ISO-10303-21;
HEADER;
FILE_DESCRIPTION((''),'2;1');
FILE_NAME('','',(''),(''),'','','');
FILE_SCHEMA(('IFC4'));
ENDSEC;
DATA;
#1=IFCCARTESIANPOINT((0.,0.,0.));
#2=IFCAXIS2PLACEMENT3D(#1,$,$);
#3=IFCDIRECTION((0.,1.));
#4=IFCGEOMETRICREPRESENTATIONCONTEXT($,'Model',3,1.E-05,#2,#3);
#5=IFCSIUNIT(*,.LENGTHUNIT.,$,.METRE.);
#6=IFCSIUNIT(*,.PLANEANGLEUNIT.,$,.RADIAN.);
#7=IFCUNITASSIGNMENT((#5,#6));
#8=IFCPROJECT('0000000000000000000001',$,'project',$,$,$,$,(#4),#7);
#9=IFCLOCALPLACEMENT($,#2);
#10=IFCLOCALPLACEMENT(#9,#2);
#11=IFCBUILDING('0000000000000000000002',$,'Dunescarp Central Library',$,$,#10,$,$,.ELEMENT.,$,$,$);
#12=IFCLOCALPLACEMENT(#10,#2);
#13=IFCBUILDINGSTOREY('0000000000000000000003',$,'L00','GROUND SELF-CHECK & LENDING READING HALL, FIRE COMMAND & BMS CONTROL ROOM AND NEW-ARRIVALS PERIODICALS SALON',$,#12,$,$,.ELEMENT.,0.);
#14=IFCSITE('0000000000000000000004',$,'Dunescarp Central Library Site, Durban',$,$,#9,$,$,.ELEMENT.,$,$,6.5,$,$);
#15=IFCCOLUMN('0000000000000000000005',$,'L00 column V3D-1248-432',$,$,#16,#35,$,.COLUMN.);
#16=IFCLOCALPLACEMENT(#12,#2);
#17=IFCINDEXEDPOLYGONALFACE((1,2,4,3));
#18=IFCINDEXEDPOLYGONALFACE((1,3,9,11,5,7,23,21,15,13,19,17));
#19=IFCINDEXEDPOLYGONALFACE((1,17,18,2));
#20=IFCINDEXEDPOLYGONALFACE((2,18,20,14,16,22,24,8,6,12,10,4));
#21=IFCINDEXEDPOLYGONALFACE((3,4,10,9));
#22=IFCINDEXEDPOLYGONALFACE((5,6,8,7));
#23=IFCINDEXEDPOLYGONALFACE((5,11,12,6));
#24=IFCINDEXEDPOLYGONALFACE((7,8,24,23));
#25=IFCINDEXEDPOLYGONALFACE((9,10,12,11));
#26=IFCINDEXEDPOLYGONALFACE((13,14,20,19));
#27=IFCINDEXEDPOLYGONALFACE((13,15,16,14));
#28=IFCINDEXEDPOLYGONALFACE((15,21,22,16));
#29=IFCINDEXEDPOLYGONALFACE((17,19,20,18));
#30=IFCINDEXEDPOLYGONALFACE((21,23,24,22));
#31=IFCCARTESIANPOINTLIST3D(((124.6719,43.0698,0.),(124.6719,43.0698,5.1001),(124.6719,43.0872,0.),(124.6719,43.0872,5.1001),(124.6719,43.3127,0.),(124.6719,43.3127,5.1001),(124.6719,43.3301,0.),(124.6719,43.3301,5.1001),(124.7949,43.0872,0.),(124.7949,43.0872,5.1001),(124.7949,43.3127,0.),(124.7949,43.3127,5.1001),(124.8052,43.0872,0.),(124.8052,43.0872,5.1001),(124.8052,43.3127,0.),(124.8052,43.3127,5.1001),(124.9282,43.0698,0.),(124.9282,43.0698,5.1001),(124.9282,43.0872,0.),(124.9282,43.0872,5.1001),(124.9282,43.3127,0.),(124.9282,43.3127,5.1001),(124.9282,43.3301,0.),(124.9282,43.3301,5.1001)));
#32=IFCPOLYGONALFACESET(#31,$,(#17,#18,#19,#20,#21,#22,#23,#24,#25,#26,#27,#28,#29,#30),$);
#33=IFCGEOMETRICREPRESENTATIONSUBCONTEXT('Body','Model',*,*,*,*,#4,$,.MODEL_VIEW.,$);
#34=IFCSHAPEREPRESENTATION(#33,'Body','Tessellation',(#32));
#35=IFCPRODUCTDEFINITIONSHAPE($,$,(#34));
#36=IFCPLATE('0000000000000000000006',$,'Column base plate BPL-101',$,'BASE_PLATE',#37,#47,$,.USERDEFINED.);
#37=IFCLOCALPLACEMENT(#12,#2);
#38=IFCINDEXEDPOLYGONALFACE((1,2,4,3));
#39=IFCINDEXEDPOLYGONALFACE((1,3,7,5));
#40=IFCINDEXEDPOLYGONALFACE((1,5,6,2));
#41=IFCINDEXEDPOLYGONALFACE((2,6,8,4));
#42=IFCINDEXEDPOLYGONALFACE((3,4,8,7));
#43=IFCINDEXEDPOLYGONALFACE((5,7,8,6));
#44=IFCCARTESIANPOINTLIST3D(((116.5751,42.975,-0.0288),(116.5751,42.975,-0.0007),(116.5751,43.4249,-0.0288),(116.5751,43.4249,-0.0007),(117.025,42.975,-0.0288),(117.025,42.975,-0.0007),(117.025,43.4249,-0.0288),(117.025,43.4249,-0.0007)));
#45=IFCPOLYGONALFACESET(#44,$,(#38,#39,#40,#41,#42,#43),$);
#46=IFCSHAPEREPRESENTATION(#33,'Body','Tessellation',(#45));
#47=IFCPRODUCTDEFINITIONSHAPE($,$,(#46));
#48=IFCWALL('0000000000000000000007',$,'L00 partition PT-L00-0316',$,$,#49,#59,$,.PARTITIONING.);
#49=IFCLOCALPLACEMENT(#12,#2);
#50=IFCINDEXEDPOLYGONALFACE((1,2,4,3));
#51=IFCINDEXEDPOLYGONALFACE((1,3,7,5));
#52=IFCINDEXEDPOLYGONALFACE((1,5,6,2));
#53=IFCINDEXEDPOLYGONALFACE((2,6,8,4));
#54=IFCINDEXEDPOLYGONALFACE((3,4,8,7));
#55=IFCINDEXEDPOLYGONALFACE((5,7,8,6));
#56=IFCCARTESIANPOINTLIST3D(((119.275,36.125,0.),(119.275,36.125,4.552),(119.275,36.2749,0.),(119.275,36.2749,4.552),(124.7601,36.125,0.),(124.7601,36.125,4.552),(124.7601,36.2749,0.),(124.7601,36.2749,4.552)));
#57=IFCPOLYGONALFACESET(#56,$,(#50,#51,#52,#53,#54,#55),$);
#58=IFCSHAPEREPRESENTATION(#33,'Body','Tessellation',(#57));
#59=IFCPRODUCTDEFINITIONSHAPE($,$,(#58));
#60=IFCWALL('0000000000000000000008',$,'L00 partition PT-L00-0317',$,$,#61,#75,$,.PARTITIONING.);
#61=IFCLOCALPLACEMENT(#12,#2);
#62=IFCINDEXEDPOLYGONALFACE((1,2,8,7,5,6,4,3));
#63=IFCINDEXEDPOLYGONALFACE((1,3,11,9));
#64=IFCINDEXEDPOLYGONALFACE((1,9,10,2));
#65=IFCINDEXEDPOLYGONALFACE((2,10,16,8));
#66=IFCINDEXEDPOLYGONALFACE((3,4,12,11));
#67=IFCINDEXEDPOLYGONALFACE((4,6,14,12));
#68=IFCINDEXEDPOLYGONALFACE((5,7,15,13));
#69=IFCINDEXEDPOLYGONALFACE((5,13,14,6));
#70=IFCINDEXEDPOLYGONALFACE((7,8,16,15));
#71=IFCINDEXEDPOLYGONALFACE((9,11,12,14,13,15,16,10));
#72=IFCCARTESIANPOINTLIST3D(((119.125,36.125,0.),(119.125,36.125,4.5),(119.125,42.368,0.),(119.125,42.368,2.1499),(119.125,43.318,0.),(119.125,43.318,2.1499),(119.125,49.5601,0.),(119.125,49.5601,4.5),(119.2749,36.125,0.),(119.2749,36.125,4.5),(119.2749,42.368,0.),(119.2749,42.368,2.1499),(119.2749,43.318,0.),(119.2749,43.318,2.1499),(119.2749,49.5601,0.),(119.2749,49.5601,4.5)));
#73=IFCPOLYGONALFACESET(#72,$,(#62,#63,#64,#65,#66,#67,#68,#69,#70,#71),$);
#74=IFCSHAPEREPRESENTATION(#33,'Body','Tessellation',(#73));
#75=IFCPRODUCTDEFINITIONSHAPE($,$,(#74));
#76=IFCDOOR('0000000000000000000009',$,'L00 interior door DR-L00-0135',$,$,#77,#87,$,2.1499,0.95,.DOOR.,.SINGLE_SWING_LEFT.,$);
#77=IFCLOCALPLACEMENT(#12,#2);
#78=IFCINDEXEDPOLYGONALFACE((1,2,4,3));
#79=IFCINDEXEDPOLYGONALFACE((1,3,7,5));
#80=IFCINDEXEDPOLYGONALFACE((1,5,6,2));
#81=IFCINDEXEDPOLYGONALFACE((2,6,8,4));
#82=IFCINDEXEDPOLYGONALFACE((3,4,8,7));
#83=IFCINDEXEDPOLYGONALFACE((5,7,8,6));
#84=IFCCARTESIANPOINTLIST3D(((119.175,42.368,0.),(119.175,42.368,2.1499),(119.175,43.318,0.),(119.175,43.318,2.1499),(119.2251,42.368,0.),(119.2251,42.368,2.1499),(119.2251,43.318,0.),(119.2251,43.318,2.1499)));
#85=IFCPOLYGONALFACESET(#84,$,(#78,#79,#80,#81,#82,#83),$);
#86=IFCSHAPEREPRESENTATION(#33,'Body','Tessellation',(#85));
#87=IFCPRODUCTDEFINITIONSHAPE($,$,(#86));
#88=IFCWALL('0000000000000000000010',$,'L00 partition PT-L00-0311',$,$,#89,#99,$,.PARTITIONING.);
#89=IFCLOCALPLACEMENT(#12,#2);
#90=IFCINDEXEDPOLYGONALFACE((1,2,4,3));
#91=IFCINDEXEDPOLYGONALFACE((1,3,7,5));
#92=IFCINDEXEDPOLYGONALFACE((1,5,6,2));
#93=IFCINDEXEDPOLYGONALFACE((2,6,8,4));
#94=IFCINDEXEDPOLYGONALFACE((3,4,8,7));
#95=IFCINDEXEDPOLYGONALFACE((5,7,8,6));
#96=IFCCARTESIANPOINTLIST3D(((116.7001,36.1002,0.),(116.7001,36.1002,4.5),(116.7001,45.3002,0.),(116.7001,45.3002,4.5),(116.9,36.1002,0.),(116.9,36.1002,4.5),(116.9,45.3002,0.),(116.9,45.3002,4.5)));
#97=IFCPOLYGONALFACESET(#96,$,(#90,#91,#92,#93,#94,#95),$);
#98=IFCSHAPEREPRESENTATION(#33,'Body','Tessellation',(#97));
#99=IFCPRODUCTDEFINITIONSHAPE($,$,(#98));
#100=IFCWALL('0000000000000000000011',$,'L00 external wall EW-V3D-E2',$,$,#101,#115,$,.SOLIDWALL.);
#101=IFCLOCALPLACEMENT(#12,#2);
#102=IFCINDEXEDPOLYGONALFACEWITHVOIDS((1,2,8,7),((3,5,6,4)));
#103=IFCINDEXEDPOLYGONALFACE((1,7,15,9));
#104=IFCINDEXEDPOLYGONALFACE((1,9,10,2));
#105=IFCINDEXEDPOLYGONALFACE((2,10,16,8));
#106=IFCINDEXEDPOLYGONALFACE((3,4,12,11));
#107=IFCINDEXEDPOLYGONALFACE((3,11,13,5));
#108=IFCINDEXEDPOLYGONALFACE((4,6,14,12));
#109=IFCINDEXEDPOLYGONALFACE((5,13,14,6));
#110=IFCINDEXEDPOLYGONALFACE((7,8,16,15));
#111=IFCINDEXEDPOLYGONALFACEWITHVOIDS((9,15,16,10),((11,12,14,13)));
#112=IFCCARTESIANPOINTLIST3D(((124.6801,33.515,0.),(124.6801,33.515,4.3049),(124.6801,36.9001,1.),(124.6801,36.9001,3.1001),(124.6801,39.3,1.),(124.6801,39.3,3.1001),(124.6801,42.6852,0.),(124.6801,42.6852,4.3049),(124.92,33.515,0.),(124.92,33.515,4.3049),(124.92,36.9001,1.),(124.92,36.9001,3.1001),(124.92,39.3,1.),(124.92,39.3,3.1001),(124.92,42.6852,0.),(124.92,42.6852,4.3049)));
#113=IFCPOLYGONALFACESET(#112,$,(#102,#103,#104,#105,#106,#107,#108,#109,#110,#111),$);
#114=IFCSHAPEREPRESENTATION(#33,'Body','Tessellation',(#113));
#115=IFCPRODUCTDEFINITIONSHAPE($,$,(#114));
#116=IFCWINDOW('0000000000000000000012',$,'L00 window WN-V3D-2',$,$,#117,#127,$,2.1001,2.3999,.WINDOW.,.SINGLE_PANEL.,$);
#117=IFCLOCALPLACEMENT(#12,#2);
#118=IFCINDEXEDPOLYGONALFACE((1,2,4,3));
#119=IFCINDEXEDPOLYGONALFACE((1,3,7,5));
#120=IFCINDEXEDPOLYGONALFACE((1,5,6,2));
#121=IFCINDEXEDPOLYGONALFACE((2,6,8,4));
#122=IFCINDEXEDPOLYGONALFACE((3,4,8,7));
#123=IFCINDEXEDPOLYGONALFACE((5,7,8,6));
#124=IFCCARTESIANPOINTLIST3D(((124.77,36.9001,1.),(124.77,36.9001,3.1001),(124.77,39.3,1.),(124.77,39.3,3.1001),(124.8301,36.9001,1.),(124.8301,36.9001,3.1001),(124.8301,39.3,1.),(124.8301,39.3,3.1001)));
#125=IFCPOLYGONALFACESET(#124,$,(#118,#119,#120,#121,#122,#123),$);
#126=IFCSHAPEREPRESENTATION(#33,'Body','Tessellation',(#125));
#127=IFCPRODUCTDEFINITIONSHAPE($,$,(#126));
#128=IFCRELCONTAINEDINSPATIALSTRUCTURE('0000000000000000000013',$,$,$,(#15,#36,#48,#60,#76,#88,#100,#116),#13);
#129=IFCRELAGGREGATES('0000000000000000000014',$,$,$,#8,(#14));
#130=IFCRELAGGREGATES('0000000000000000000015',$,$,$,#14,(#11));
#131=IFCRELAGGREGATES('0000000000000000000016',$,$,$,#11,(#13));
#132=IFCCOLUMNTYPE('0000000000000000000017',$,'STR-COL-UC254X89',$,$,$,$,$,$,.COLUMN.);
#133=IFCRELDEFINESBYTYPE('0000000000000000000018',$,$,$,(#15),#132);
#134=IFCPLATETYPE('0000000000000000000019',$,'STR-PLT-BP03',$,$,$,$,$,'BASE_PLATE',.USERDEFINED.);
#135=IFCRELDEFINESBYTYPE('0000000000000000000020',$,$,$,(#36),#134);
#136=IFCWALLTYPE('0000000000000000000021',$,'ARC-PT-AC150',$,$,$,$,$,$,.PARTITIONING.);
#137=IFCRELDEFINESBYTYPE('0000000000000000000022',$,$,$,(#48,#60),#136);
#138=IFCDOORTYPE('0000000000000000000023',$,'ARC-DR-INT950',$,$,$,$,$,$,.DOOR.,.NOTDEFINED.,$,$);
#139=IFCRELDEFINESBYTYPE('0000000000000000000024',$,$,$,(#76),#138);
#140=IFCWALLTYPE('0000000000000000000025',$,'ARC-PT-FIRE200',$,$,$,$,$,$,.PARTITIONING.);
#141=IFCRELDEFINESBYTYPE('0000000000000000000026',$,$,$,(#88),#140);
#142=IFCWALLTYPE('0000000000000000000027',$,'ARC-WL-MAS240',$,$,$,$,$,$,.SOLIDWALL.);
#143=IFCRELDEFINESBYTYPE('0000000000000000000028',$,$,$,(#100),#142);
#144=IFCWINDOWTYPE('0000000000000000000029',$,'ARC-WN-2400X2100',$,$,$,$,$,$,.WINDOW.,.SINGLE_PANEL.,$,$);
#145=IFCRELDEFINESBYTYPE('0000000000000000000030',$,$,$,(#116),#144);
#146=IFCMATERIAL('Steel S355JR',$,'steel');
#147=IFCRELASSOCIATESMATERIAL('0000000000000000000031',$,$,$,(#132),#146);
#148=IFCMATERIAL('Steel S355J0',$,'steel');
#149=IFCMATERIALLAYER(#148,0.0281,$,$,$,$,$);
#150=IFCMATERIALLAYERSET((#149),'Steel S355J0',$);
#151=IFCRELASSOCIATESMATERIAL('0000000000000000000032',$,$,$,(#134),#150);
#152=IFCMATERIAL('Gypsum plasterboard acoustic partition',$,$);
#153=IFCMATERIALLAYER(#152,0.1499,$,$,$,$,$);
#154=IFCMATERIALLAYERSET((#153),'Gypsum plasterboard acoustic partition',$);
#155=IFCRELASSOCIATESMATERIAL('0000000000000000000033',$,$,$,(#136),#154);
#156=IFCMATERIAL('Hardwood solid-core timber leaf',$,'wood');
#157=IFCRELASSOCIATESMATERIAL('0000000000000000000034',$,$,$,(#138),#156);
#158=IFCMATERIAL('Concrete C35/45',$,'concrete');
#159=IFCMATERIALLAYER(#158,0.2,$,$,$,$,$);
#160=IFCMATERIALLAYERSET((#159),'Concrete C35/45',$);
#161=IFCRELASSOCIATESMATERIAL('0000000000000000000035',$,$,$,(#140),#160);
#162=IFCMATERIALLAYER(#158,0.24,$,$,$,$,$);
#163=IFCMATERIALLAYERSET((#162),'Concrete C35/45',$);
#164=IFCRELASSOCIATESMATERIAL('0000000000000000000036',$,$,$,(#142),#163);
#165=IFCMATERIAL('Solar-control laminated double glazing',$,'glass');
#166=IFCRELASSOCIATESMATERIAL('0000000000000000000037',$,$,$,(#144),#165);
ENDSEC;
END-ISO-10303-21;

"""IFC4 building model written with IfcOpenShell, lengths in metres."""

from ifc_helpers import new_model, si_unit, direction, frame, frame_2d, origin, origin_2d, place, context, subcontext, project, spatial, rectangle, i_section, extrude, material, layer, layer_set, material_profile, profile_set, type_object, element, fill, save


model = new_model("IFC4")

# Units and contexts
model_context = context("Model", 3, precision=1e-05, world=origin(), true_north=direction((0.0, 1.0)))
body_context = subcontext(model_context, "Body", "Model", "MODEL_VIEW")
ifc_project = project(units=[si_unit("LENGTHUNIT", "METRE"), si_unit("PLANEANGLEUNIT", "RADIAN")], contexts=[model_context])

# Site, building, storey
site_placement = place(None, origin())
site = spatial("IfcSite", under=ifc_project, at=site_placement, Name="Dunescarp Central Library Site, Durban", CompositionType="ELEMENT", RefElevation=6.5)
building_placement = place(site_placement, origin())
building = spatial("IfcBuilding", under=site, at=building_placement, Name="Dunescarp Central Library", CompositionType="ELEMENT")
storey_placement = place(building_placement, origin())
storey = spatial("IfcBuildingStorey", under=building, at=storey_placement, Name="L00", Description="GROUND SELF-CHECK & LENDING READING HALL, FIRE COMMAND & BMS CONTROL ROOM AND NEW-ARRIVALS PERIODICALS SALON", CompositionType="ELEMENT", Elevation=0.0)

# Shared definitions
ifc_material_1 = material(Name="Concrete C35/45", Category="concrete")

# Column
ifc_material_2 = material(Name="Steel S355JR", Category="steel")
ifc_material_profile_1 = material_profile(ifc_material_2, i_section(OverallWidth=0.2563, OverallDepth=0.2603, WebThickness=0.0103, FlangeThickness=0.0173, at=origin_2d()), Name="UC 254x254x89")
ifc_profile_set_1 = profile_set([ifc_material_profile_1], Name="Steel S355JR")
column_type_1 = type_object("IfcColumnType", Name="STR-COL-UC254X89", PredefinedType="COLUMN", material=ifc_profile_set_1)
for number, where, z_axis, x_axis, name in (
    (1, (124.8, 43.2, 0.0), (0.0, 0.0, 1.0), (1.0, 0.0, 0.0), "L00 column V3D-1248-432"),
):
    element("IfcColumn", number, at=place(storey_placement, frame(where, z_axis=z_axis, x_axis=x_axis)), inside=storey, type_object=column_type_1, Name=name, PredefinedType="COLUMN", context=body_context, shape_type="SweptSolid", body=[
        extrude(i_section(OverallWidth=0.2563, OverallDepth=0.2603, WebThickness=0.0103, FlangeThickness=0.0173, at=origin_2d()), origin(), (0.0, 0.0, 1.0), 5.1001),
    ])

# Plate
ifc_material_3 = material(Name="Steel S355J0", Category="steel")
ifc_layer_1 = layer(ifc_material_3, 0.0281)
ifc_layer_set_1 = layer_set([ifc_layer_1], Name="Steel S355J0")
plate_type = type_object("IfcPlateType", Name="STR-PLT-BP03", ElementType="BASE_PLATE", PredefinedType="USERDEFINED", material=ifc_layer_set_1)
plate_placement = place(storey_placement, frame((116.8, 43.2, -0.0288), z_axis=(0.0, 0.0, 1.0), x_axis=(1.0, 0.0, 0.0)))
element("IfcPlate", 2, at=plate_placement, inside=storey, type_object=plate_type, Name="Column base plate BPL-101", ObjectType="BASE_PLATE", PredefinedType="USERDEFINED", context=body_context, shape_type="SweptSolid", body=[
    extrude(rectangle(XDim=0.45, YDim=0.45, at=origin_2d()), origin(), (0.0, 0.0, 1.0), 0.0281),
])

# Wall
ifc_material_4 = material(Name="Gypsum plasterboard acoustic partition")
ifc_layer_2 = layer(ifc_material_4, 0.1499)
ifc_layer_set_2 = layer_set([ifc_layer_2], Name="Gypsum plasterboard acoustic partition")
wall_type_1 = type_object("IfcWallType", Name="ARC-PT-AC150", PredefinedType="PARTITIONING", material=ifc_layer_set_2)
wall_1_placement = place(storey_placement, frame((119.2749, 36.2, 0.0), z_axis=(0.0, 0.0, 1.0), x_axis=(1.0, 0.0, 0.0)))
element("IfcWall", 3, at=wall_1_placement, inside=storey, type_object=wall_type_1, Name="L00 partition PT-L00-0316", PredefinedType="PARTITIONING", context=body_context, shape_type="SweptSolid", body=[
    extrude(rectangle(XDim=5.4851, YDim=0.1499, at=frame_2d((2.7427, 0.0))), origin(), (0.0, 0.0, 1.0), 4.552),
])

# Wall, opening, door
wall_2_placement = place(storey_placement, frame((119.2, 36.125, 0.0), z_axis=(0.0, 0.0, 1.0), x_axis=(0.0, 1.0, 0.0)))
wall_2 = element("IfcWall", 4, at=wall_2_placement, inside=storey, type_object=wall_type_1, Name="L00 partition PT-L00-0317", PredefinedType="PARTITIONING", context=body_context, shape_type="SweptSolid", body=[
    extrude(rectangle(XDim=13.4351, YDim=0.1499, at=frame_2d((6.7175, 0.0))), origin(), (0.0, 0.0, 1.0), 4.5),
])
opening_1_placement = place(wall_2_placement, frame((6.2429, 0.0, 0.0)))
opening_1 = element("IfcOpeningElement", 5, at=opening_1_placement, cuts=wall_2, PredefinedType="OPENING", context=body_context, shape_type="SweptSolid", body=[
    extrude(rectangle(XDim=0.95, YDim=2.1499, at=frame_2d((0.4751, 1.075))), frame((0.0, 0.085, 0.0), z_axis=(0.0, -1.0, 0.0), x_axis=(1.0, 0.0, 0.0)), (0.0, 0.0, 1.0), 0.1699),
])
ifc_material_5 = material(Name="Hardwood solid-core timber leaf", Category="wood")
door_type = type_object("IfcDoorType", Name="ARC-DR-INT950", OperationType="NOTDEFINED", PredefinedType="DOOR", material=ifc_material_5)
door_placement = place(opening_1_placement, origin())
door = element("IfcDoor", 6, at=door_placement, inside=storey, type_object=door_type, Name="L00 interior door DR-L00-0135", OperationType="SINGLE_SWING_LEFT", OverallHeight=2.1499, OverallWidth=0.95, PredefinedType="DOOR", context=body_context, shape_type="SweptSolid", body=[
    extrude(rectangle(XDim=0.95, YDim=2.1499, at=frame_2d((0.4751, 1.075))), frame((0.0, 0.0249, 0.0), z_axis=(0.0, -1.0, 0.0), x_axis=(1.0, 0.0, 0.0)), (0.0, 0.0, 1.0), 0.05),
])
fill(opening_1, door)

# Wall
ifc_layer_3 = layer(ifc_material_1, 0.2)
ifc_layer_set_3 = layer_set([ifc_layer_3], Name="Concrete C35/45")
wall_type_2 = type_object("IfcWallType", Name="ARC-PT-FIRE200", PredefinedType="PARTITIONING", material=ifc_layer_set_3)
wall_3_placement = place(storey_placement, frame((116.8, 36.1001, 0.0), z_axis=(0.0, 0.0, 1.0), x_axis=(0.0, 1.0, 0.0)))
element("IfcWall", 7, at=wall_3_placement, inside=storey, type_object=wall_type_2, Name="L00 partition PT-L00-0311", PredefinedType="PARTITIONING", context=body_context, shape_type="SweptSolid", body=[
    extrude(rectangle(XDim=9.2, YDim=0.2, at=frame_2d((4.6001, 0.0))), origin(), (0.0, 0.0, 1.0), 4.5),
])

# Wall, opening, window
ifc_layer_4 = layer(ifc_material_1, 0.24)
ifc_layer_set_4 = layer_set([ifc_layer_4], Name="Concrete C35/45")
wall_type_3 = type_object("IfcWallType", Name="ARC-WL-MAS240", PredefinedType="SOLIDWALL", material=ifc_layer_set_4)
wall_4_placement = place(storey_placement, frame((124.8, 42.6851, 0.0), z_axis=(0.0, 0.0, 1.0), x_axis=(0.0, -1.0, 0.0)))
wall_4 = element("IfcWall", 8, at=wall_4_placement, inside=storey, type_object=wall_type_3, Name="L00 external wall EW-V3D-E2", PredefinedType="SOLIDWALL", context=body_context, shape_type="SweptSolid", body=[
    extrude(rectangle(XDim=9.1702, YDim=0.24, at=frame_2d((4.585, 0.0))), origin(), (0.0, 0.0, 1.0), 4.3049),
])
opening_2_placement = place(wall_4_placement, frame((3.385, 0.0, 1.0)))
opening_2 = element("IfcOpeningElement", 9, at=opening_2_placement, cuts=wall_4, PredefinedType="OPENING", context=body_context, shape_type="SweptSolid", body=[
    extrude(rectangle(XDim=2.3999, YDim=2.1001, at=frame_2d((1.2, 1.05))), frame((0.0, 0.1299, 0.0), z_axis=(0.0, -1.0, 0.0), x_axis=(1.0, 0.0, 0.0)), (0.0, 0.0, 1.0), 0.26),
])
ifc_material_6 = material(Name="Solar-control laminated double glazing", Category="glass")
window_type = type_object("IfcWindowType", Name="ARC-WN-2400X2100", PartitioningType="SINGLE_PANEL", PredefinedType="WINDOW", material=ifc_material_6)
window_placement = place(opening_2_placement, origin())
window = element("IfcWindow", 10, at=window_placement, inside=storey, type_object=window_type, Name="L00 window WN-V3D-2", OverallHeight=2.1001, OverallWidth=2.3999, PartitioningType="SINGLE_PANEL", PredefinedType="WINDOW", context=body_context, shape_type="SweptSolid", body=[
    extrude(rectangle(XDim=2.3999, YDim=2.1001, at=frame_2d((1.2, 1.05))), frame((0.0, 0.03, 0.0), z_axis=(0.0, -1.0, 0.0), x_axis=(1.0, 0.0, 0.0)), (0.0, 0.0, 1.0), 0.0601),
])
fill(opening_2, window)

save(model, "model.ifc")
